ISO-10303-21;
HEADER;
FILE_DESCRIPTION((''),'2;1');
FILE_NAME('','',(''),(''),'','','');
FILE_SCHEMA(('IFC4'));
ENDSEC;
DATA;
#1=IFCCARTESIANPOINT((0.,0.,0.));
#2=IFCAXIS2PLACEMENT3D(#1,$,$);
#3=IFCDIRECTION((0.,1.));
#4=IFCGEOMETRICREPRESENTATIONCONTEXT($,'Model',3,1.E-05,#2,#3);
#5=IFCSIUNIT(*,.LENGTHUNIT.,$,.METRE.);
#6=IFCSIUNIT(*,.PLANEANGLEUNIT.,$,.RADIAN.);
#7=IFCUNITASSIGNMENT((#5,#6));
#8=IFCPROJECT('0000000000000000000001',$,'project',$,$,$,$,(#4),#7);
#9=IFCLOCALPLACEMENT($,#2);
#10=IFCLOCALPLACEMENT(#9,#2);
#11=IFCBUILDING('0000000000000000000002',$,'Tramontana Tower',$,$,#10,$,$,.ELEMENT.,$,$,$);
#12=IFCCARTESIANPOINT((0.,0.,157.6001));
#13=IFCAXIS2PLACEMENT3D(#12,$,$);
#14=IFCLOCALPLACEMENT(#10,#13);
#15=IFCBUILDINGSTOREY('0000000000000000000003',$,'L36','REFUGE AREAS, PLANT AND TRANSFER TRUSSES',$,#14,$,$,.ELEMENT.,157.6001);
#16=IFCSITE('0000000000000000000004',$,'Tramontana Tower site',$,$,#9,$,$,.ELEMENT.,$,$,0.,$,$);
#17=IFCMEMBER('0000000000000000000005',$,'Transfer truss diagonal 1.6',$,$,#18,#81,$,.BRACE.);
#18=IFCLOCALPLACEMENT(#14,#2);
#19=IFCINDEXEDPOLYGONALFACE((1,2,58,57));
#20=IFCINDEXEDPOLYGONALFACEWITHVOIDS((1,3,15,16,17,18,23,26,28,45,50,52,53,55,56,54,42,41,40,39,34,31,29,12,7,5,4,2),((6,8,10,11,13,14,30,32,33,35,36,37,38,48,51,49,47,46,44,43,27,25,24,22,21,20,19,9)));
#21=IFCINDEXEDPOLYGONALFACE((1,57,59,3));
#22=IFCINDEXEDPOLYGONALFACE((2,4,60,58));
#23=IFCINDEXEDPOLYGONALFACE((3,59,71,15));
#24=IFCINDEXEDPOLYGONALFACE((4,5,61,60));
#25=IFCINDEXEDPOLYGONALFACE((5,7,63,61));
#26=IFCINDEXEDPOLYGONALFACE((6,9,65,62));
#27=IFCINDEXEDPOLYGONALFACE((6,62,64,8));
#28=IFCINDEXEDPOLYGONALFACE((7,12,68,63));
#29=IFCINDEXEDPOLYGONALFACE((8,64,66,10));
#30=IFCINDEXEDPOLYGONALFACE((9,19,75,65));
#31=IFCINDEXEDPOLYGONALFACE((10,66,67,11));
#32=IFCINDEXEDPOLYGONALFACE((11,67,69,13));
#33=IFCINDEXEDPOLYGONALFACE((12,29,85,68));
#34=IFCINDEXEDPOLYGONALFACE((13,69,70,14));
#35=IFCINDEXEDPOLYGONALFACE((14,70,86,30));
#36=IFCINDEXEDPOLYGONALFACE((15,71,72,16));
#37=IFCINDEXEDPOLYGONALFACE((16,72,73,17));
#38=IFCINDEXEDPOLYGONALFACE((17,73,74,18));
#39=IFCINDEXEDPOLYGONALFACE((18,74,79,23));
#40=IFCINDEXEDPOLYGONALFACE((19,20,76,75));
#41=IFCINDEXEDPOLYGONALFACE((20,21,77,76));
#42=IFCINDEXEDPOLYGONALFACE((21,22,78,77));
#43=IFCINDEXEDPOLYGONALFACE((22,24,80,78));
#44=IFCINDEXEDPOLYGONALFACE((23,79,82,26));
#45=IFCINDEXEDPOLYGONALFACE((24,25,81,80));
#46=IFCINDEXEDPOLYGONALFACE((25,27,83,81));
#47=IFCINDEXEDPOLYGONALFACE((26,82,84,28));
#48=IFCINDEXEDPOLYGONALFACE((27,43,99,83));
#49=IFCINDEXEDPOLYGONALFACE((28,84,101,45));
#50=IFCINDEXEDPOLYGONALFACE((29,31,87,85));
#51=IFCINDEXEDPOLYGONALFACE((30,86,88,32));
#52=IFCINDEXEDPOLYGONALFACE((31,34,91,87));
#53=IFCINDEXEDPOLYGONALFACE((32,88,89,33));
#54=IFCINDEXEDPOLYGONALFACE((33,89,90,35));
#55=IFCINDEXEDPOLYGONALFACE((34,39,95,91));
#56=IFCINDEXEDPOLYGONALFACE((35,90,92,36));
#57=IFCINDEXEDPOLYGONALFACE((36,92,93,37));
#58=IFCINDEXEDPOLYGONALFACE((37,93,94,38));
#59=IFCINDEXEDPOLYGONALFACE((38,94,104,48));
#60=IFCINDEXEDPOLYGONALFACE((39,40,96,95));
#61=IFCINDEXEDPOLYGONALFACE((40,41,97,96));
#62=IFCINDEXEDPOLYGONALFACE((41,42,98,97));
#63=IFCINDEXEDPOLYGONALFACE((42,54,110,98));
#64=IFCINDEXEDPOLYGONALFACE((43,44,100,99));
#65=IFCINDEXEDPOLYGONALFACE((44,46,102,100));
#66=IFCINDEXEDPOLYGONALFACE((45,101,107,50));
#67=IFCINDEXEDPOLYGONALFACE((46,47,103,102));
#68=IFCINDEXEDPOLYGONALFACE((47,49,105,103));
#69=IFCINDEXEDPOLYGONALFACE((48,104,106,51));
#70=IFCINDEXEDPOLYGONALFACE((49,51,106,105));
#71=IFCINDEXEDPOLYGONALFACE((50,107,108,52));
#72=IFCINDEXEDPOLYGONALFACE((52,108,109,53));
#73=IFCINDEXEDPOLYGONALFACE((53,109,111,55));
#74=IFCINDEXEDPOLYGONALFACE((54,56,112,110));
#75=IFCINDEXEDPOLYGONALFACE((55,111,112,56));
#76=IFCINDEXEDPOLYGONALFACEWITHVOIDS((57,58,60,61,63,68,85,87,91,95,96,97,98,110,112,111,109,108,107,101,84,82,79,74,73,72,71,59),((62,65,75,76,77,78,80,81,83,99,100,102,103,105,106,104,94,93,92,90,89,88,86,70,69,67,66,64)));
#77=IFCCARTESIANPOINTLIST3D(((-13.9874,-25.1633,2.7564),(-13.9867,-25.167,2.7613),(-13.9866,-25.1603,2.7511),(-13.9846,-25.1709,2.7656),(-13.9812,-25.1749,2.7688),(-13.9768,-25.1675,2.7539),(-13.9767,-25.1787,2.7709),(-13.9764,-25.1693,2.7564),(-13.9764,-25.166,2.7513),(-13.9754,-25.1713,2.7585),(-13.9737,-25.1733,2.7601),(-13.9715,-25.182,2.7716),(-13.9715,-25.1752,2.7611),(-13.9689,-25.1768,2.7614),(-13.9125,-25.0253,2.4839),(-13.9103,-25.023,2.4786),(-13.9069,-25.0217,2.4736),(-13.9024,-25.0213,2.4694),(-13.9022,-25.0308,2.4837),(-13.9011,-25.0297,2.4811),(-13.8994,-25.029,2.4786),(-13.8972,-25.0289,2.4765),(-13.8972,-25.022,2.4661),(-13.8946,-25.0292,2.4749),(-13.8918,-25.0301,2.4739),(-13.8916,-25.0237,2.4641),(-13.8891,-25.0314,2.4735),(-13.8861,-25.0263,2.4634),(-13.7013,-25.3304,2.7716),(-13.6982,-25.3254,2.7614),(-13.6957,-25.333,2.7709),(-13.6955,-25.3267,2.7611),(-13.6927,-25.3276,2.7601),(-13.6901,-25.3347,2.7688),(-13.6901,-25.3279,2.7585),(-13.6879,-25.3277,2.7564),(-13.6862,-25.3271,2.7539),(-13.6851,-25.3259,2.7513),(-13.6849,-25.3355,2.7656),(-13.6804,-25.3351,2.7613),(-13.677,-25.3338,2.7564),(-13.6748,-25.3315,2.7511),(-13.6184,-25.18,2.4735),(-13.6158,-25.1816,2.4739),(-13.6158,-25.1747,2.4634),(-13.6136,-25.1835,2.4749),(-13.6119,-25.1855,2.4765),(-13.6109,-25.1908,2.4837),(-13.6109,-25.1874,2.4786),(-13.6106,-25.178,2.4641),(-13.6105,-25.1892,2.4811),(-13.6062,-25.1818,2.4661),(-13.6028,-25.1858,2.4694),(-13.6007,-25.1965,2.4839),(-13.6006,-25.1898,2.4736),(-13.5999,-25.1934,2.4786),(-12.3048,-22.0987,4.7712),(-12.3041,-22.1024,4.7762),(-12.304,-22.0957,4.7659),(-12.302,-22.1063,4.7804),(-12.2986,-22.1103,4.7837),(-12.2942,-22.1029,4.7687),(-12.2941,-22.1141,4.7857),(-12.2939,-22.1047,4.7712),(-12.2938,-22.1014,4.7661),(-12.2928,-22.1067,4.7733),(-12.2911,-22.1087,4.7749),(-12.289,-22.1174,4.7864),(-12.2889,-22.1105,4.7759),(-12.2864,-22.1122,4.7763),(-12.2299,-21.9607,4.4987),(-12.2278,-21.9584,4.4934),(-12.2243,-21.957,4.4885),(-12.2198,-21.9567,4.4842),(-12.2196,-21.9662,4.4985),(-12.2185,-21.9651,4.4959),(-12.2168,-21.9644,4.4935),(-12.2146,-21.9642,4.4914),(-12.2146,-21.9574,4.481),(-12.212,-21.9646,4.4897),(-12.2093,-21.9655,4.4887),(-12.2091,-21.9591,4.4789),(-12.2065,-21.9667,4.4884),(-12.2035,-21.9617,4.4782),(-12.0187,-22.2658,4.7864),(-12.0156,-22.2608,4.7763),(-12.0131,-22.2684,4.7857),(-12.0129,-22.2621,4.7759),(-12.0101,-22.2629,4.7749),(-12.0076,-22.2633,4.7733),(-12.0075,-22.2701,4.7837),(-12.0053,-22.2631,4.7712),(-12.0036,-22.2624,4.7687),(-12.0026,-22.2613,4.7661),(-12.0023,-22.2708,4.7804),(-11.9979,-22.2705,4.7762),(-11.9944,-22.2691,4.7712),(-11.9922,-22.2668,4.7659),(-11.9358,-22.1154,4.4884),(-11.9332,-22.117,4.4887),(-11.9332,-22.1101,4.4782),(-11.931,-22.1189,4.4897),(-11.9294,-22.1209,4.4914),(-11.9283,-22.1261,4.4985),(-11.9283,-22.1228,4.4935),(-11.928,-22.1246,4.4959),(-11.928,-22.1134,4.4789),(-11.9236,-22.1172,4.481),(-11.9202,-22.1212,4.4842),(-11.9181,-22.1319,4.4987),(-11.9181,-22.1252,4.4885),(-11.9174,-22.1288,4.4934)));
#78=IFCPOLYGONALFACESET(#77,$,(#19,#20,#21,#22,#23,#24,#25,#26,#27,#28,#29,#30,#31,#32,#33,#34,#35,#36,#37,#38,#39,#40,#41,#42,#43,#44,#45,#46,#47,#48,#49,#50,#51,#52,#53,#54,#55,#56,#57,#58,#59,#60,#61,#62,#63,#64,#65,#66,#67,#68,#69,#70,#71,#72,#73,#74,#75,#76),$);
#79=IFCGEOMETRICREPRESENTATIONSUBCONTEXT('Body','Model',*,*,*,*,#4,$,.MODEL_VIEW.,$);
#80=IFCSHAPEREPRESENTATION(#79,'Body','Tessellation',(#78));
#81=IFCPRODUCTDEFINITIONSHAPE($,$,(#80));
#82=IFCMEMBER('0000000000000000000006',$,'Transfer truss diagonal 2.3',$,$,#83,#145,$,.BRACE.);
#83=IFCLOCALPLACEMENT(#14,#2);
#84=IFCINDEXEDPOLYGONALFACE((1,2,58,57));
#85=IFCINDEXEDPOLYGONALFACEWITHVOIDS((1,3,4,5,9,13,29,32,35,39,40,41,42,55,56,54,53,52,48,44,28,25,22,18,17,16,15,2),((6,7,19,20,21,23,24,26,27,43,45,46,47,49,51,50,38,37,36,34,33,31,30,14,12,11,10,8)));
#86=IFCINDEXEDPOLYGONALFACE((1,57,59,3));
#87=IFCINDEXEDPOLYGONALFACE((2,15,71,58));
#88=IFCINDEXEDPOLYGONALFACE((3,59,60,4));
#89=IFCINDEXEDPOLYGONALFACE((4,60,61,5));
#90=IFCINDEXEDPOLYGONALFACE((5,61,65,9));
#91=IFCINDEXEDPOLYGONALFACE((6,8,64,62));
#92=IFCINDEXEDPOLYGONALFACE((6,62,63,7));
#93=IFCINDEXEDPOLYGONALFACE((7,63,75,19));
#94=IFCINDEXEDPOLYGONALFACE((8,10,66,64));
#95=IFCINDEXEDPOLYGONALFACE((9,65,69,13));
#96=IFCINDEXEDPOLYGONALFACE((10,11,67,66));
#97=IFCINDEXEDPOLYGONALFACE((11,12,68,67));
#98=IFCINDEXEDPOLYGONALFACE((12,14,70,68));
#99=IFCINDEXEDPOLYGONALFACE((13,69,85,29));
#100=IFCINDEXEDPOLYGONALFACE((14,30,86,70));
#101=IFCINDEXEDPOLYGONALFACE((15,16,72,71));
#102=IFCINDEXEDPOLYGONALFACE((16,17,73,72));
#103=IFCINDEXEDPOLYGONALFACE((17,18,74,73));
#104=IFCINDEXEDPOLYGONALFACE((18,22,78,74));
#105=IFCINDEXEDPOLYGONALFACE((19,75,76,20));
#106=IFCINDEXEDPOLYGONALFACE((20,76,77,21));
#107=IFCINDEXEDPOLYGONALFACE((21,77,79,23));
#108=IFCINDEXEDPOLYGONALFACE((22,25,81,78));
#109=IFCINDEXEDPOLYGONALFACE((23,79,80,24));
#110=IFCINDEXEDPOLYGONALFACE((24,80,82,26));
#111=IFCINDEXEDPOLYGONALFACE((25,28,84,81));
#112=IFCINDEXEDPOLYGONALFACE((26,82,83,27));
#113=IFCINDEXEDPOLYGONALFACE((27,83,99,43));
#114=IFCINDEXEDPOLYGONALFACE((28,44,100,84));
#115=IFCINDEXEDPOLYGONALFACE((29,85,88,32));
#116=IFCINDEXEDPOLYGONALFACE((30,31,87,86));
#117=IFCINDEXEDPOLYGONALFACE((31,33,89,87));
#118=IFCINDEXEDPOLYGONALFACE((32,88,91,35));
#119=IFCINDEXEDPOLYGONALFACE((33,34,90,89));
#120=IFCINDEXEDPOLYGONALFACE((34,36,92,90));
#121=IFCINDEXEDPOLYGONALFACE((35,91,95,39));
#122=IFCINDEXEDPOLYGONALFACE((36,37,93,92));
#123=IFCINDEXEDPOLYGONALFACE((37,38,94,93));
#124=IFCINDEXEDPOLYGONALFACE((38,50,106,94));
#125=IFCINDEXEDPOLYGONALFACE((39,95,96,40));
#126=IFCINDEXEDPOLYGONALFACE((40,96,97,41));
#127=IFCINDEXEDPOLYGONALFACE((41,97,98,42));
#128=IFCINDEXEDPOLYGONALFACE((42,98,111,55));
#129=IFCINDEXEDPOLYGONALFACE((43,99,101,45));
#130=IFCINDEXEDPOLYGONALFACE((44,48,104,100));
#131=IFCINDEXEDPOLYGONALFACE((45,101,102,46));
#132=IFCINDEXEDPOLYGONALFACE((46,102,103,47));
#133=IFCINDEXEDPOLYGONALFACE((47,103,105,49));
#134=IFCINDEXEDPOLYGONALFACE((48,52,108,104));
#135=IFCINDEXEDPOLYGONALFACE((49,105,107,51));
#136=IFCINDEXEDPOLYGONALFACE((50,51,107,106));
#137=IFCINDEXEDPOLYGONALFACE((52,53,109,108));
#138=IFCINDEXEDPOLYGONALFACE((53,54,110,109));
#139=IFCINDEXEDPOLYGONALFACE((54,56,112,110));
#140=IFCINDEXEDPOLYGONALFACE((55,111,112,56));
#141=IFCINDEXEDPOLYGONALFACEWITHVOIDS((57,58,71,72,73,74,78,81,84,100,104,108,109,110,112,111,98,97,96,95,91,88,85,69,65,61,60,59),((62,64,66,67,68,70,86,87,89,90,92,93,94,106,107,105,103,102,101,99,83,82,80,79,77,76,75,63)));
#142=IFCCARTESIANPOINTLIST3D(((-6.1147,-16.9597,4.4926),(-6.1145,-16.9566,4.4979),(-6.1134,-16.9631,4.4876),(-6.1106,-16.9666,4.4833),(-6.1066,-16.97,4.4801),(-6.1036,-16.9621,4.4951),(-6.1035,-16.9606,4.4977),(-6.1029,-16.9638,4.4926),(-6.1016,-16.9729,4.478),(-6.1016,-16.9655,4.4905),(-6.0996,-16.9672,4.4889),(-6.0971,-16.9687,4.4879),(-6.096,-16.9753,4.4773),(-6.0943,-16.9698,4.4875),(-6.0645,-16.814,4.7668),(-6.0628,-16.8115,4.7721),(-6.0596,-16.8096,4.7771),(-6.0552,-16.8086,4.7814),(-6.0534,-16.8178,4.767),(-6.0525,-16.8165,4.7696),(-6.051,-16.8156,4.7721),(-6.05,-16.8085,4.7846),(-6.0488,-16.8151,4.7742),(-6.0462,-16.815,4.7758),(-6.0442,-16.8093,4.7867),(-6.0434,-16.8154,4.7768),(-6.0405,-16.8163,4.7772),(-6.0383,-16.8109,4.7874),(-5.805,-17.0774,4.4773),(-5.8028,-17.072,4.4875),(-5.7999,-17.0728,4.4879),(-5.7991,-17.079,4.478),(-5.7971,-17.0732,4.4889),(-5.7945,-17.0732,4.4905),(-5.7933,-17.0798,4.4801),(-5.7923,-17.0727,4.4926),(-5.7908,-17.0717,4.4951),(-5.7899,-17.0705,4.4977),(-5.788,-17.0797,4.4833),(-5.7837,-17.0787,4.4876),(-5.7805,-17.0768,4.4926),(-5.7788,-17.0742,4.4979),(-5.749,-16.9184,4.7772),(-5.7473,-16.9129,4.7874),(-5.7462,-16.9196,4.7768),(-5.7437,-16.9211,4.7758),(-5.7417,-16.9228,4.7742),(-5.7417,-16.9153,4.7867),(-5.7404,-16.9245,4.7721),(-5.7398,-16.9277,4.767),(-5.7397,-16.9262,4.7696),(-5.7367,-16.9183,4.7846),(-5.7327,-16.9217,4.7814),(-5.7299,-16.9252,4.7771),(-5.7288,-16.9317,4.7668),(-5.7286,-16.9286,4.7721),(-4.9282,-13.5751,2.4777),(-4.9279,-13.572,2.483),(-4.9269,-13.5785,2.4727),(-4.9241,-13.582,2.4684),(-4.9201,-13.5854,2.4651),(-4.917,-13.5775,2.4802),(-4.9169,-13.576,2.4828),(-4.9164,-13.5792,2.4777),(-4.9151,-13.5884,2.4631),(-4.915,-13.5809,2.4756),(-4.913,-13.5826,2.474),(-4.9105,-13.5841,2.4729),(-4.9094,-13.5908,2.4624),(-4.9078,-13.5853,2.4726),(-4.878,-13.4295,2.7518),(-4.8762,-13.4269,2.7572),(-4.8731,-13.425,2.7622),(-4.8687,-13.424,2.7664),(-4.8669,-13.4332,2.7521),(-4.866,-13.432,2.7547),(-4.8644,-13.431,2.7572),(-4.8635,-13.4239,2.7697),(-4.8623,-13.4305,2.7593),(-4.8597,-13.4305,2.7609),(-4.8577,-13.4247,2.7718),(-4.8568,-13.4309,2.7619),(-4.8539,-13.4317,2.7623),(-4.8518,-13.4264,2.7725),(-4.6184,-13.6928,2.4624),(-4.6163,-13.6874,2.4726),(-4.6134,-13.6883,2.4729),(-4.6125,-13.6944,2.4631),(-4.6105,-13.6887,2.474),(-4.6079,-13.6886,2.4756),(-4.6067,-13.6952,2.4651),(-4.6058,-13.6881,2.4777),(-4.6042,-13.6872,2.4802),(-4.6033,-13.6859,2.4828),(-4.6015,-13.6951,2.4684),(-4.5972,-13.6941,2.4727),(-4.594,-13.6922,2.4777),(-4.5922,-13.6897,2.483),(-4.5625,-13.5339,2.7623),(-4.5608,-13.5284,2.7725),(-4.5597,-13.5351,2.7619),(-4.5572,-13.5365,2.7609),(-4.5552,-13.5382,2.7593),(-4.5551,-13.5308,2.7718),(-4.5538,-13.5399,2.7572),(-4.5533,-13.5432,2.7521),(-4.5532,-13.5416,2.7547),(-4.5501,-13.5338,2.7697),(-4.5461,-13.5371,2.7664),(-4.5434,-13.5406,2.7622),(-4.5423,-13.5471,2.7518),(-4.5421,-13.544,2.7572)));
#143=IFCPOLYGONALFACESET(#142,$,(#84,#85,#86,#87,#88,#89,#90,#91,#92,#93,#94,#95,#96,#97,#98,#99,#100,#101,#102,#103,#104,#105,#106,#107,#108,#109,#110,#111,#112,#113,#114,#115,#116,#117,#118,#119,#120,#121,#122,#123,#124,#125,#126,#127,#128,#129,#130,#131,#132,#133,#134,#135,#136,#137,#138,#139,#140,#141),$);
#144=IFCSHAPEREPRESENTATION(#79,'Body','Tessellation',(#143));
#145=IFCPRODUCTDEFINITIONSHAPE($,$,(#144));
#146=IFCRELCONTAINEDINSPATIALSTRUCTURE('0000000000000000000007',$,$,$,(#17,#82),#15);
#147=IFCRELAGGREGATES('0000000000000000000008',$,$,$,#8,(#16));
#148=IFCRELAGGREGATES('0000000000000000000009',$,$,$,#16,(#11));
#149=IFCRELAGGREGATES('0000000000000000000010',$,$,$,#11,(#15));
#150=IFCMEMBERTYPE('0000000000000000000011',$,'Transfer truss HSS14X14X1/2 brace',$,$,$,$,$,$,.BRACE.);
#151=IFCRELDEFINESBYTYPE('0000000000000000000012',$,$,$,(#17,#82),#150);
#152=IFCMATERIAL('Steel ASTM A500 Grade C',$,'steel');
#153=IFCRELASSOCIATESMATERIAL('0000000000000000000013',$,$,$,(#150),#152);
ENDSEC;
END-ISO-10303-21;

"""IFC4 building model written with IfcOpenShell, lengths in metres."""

from ifc_helpers import new_model, si_unit, direction, frame, origin, origin_2d, place, context, subcontext, project, spatial, hollow_rectangle, extrude, material, material_profile, profile_set, type_object, element, save


model = new_model("IFC4")

# Units and contexts
model_context = context("Model", 3, precision=1e-05, world=origin(), true_north=direction((0.0, 1.0)))
body_context = subcontext(model_context, "Body", "Model", "MODEL_VIEW")
ifc_project = project(units=[si_unit("LENGTHUNIT", "METRE"), si_unit("PLANEANGLEUNIT", "RADIAN")], contexts=[model_context])

# Site, building, storey
site_placement = place(None, origin())
site = spatial("IfcSite", under=ifc_project, at=site_placement, Name="Tramontana Tower site", CompositionType="ELEMENT", RefElevation=0.0)
building_placement = place(site_placement, origin())
building = spatial("IfcBuilding", under=site, at=building_placement, Name="Tramontana Tower", CompositionType="ELEMENT")
storey_placement = place(building_placement, frame((0.0, 0.0, 157.6001)))
storey = spatial("IfcBuildingStorey", under=building, at=storey_placement, Name="L36", Description="REFUGE AREAS, PLANT AND TRANSFER TRUSSES", CompositionType="ELEMENT", Elevation=157.6001)

# Members
ifc_material_1 = material(Name="Steel ASTM A500 Grade C", Category="steel")
ifc_material_profile_1 = material_profile(ifc_material_1, hollow_rectangle(XDim=0.3557, YDim=0.3557, WallThickness=0.0117, InnerFilletRadius=0.0117, OuterFilletRadius=0.0237, at=origin_2d()), Name="HSS14X14X1/2")
ifc_profile_set_1 = profile_set([ifc_material_profile_1], Name="Steel ASTM A500 Grade C")
member_type_1 = type_object("IfcMemberType", Name="Transfer truss HSS14X14X1/2 brace", PredefinedType="BRACE", material=ifc_profile_set_1)
for number, where, z_axis, x_axis, name in (
    (1, (-12.1111, -22.1138, 4.6323), (-0.416978, -0.759479, -0.499321), (0.876574, -0.481267, 0.0), "Transfer truss diagonal 1.6"),
):
    element("IfcMember", number, at=place(storey_placement, frame(where, z_axis=z_axis, x_axis=x_axis)), inside=storey, type_object=member_type_1, Name=name, PredefinedType="BRACE", context=body_context, shape_type="SweptSolid", body=[
        extrude(hollow_rectangle(XDim=0.3557, YDim=0.3557, WallThickness=0.0117, InnerFilletRadius=0.0117, OuterFilletRadius=0.0237, at=origin_2d()), origin(), (0.0, 0.0, 1.0), 4.0352),
    ])
member_1_placement = place(storey_placement, frame((-4.7351, -13.5596, 2.6174), z_axis=(-0.288431, -0.822742, 0.489799), x_axis=(0.943689, -0.330832, 0.0)))
element("IfcMember", 2, at=member_1_placement, inside=storey, type_object=member_type_1, Name="Transfer truss diagonal 2.3", PredefinedType="BRACE", context=body_context, shape_type="SweptSolid", body=[
    extrude(hollow_rectangle(XDim=0.3557, YDim=0.3557, WallThickness=0.0117, InnerFilletRadius=0.0117, OuterFilletRadius=0.0237, at=origin_2d()), origin(), (0.0, 0.0, 1.0), 4.1138),
])

save(model, "model.ifc")
